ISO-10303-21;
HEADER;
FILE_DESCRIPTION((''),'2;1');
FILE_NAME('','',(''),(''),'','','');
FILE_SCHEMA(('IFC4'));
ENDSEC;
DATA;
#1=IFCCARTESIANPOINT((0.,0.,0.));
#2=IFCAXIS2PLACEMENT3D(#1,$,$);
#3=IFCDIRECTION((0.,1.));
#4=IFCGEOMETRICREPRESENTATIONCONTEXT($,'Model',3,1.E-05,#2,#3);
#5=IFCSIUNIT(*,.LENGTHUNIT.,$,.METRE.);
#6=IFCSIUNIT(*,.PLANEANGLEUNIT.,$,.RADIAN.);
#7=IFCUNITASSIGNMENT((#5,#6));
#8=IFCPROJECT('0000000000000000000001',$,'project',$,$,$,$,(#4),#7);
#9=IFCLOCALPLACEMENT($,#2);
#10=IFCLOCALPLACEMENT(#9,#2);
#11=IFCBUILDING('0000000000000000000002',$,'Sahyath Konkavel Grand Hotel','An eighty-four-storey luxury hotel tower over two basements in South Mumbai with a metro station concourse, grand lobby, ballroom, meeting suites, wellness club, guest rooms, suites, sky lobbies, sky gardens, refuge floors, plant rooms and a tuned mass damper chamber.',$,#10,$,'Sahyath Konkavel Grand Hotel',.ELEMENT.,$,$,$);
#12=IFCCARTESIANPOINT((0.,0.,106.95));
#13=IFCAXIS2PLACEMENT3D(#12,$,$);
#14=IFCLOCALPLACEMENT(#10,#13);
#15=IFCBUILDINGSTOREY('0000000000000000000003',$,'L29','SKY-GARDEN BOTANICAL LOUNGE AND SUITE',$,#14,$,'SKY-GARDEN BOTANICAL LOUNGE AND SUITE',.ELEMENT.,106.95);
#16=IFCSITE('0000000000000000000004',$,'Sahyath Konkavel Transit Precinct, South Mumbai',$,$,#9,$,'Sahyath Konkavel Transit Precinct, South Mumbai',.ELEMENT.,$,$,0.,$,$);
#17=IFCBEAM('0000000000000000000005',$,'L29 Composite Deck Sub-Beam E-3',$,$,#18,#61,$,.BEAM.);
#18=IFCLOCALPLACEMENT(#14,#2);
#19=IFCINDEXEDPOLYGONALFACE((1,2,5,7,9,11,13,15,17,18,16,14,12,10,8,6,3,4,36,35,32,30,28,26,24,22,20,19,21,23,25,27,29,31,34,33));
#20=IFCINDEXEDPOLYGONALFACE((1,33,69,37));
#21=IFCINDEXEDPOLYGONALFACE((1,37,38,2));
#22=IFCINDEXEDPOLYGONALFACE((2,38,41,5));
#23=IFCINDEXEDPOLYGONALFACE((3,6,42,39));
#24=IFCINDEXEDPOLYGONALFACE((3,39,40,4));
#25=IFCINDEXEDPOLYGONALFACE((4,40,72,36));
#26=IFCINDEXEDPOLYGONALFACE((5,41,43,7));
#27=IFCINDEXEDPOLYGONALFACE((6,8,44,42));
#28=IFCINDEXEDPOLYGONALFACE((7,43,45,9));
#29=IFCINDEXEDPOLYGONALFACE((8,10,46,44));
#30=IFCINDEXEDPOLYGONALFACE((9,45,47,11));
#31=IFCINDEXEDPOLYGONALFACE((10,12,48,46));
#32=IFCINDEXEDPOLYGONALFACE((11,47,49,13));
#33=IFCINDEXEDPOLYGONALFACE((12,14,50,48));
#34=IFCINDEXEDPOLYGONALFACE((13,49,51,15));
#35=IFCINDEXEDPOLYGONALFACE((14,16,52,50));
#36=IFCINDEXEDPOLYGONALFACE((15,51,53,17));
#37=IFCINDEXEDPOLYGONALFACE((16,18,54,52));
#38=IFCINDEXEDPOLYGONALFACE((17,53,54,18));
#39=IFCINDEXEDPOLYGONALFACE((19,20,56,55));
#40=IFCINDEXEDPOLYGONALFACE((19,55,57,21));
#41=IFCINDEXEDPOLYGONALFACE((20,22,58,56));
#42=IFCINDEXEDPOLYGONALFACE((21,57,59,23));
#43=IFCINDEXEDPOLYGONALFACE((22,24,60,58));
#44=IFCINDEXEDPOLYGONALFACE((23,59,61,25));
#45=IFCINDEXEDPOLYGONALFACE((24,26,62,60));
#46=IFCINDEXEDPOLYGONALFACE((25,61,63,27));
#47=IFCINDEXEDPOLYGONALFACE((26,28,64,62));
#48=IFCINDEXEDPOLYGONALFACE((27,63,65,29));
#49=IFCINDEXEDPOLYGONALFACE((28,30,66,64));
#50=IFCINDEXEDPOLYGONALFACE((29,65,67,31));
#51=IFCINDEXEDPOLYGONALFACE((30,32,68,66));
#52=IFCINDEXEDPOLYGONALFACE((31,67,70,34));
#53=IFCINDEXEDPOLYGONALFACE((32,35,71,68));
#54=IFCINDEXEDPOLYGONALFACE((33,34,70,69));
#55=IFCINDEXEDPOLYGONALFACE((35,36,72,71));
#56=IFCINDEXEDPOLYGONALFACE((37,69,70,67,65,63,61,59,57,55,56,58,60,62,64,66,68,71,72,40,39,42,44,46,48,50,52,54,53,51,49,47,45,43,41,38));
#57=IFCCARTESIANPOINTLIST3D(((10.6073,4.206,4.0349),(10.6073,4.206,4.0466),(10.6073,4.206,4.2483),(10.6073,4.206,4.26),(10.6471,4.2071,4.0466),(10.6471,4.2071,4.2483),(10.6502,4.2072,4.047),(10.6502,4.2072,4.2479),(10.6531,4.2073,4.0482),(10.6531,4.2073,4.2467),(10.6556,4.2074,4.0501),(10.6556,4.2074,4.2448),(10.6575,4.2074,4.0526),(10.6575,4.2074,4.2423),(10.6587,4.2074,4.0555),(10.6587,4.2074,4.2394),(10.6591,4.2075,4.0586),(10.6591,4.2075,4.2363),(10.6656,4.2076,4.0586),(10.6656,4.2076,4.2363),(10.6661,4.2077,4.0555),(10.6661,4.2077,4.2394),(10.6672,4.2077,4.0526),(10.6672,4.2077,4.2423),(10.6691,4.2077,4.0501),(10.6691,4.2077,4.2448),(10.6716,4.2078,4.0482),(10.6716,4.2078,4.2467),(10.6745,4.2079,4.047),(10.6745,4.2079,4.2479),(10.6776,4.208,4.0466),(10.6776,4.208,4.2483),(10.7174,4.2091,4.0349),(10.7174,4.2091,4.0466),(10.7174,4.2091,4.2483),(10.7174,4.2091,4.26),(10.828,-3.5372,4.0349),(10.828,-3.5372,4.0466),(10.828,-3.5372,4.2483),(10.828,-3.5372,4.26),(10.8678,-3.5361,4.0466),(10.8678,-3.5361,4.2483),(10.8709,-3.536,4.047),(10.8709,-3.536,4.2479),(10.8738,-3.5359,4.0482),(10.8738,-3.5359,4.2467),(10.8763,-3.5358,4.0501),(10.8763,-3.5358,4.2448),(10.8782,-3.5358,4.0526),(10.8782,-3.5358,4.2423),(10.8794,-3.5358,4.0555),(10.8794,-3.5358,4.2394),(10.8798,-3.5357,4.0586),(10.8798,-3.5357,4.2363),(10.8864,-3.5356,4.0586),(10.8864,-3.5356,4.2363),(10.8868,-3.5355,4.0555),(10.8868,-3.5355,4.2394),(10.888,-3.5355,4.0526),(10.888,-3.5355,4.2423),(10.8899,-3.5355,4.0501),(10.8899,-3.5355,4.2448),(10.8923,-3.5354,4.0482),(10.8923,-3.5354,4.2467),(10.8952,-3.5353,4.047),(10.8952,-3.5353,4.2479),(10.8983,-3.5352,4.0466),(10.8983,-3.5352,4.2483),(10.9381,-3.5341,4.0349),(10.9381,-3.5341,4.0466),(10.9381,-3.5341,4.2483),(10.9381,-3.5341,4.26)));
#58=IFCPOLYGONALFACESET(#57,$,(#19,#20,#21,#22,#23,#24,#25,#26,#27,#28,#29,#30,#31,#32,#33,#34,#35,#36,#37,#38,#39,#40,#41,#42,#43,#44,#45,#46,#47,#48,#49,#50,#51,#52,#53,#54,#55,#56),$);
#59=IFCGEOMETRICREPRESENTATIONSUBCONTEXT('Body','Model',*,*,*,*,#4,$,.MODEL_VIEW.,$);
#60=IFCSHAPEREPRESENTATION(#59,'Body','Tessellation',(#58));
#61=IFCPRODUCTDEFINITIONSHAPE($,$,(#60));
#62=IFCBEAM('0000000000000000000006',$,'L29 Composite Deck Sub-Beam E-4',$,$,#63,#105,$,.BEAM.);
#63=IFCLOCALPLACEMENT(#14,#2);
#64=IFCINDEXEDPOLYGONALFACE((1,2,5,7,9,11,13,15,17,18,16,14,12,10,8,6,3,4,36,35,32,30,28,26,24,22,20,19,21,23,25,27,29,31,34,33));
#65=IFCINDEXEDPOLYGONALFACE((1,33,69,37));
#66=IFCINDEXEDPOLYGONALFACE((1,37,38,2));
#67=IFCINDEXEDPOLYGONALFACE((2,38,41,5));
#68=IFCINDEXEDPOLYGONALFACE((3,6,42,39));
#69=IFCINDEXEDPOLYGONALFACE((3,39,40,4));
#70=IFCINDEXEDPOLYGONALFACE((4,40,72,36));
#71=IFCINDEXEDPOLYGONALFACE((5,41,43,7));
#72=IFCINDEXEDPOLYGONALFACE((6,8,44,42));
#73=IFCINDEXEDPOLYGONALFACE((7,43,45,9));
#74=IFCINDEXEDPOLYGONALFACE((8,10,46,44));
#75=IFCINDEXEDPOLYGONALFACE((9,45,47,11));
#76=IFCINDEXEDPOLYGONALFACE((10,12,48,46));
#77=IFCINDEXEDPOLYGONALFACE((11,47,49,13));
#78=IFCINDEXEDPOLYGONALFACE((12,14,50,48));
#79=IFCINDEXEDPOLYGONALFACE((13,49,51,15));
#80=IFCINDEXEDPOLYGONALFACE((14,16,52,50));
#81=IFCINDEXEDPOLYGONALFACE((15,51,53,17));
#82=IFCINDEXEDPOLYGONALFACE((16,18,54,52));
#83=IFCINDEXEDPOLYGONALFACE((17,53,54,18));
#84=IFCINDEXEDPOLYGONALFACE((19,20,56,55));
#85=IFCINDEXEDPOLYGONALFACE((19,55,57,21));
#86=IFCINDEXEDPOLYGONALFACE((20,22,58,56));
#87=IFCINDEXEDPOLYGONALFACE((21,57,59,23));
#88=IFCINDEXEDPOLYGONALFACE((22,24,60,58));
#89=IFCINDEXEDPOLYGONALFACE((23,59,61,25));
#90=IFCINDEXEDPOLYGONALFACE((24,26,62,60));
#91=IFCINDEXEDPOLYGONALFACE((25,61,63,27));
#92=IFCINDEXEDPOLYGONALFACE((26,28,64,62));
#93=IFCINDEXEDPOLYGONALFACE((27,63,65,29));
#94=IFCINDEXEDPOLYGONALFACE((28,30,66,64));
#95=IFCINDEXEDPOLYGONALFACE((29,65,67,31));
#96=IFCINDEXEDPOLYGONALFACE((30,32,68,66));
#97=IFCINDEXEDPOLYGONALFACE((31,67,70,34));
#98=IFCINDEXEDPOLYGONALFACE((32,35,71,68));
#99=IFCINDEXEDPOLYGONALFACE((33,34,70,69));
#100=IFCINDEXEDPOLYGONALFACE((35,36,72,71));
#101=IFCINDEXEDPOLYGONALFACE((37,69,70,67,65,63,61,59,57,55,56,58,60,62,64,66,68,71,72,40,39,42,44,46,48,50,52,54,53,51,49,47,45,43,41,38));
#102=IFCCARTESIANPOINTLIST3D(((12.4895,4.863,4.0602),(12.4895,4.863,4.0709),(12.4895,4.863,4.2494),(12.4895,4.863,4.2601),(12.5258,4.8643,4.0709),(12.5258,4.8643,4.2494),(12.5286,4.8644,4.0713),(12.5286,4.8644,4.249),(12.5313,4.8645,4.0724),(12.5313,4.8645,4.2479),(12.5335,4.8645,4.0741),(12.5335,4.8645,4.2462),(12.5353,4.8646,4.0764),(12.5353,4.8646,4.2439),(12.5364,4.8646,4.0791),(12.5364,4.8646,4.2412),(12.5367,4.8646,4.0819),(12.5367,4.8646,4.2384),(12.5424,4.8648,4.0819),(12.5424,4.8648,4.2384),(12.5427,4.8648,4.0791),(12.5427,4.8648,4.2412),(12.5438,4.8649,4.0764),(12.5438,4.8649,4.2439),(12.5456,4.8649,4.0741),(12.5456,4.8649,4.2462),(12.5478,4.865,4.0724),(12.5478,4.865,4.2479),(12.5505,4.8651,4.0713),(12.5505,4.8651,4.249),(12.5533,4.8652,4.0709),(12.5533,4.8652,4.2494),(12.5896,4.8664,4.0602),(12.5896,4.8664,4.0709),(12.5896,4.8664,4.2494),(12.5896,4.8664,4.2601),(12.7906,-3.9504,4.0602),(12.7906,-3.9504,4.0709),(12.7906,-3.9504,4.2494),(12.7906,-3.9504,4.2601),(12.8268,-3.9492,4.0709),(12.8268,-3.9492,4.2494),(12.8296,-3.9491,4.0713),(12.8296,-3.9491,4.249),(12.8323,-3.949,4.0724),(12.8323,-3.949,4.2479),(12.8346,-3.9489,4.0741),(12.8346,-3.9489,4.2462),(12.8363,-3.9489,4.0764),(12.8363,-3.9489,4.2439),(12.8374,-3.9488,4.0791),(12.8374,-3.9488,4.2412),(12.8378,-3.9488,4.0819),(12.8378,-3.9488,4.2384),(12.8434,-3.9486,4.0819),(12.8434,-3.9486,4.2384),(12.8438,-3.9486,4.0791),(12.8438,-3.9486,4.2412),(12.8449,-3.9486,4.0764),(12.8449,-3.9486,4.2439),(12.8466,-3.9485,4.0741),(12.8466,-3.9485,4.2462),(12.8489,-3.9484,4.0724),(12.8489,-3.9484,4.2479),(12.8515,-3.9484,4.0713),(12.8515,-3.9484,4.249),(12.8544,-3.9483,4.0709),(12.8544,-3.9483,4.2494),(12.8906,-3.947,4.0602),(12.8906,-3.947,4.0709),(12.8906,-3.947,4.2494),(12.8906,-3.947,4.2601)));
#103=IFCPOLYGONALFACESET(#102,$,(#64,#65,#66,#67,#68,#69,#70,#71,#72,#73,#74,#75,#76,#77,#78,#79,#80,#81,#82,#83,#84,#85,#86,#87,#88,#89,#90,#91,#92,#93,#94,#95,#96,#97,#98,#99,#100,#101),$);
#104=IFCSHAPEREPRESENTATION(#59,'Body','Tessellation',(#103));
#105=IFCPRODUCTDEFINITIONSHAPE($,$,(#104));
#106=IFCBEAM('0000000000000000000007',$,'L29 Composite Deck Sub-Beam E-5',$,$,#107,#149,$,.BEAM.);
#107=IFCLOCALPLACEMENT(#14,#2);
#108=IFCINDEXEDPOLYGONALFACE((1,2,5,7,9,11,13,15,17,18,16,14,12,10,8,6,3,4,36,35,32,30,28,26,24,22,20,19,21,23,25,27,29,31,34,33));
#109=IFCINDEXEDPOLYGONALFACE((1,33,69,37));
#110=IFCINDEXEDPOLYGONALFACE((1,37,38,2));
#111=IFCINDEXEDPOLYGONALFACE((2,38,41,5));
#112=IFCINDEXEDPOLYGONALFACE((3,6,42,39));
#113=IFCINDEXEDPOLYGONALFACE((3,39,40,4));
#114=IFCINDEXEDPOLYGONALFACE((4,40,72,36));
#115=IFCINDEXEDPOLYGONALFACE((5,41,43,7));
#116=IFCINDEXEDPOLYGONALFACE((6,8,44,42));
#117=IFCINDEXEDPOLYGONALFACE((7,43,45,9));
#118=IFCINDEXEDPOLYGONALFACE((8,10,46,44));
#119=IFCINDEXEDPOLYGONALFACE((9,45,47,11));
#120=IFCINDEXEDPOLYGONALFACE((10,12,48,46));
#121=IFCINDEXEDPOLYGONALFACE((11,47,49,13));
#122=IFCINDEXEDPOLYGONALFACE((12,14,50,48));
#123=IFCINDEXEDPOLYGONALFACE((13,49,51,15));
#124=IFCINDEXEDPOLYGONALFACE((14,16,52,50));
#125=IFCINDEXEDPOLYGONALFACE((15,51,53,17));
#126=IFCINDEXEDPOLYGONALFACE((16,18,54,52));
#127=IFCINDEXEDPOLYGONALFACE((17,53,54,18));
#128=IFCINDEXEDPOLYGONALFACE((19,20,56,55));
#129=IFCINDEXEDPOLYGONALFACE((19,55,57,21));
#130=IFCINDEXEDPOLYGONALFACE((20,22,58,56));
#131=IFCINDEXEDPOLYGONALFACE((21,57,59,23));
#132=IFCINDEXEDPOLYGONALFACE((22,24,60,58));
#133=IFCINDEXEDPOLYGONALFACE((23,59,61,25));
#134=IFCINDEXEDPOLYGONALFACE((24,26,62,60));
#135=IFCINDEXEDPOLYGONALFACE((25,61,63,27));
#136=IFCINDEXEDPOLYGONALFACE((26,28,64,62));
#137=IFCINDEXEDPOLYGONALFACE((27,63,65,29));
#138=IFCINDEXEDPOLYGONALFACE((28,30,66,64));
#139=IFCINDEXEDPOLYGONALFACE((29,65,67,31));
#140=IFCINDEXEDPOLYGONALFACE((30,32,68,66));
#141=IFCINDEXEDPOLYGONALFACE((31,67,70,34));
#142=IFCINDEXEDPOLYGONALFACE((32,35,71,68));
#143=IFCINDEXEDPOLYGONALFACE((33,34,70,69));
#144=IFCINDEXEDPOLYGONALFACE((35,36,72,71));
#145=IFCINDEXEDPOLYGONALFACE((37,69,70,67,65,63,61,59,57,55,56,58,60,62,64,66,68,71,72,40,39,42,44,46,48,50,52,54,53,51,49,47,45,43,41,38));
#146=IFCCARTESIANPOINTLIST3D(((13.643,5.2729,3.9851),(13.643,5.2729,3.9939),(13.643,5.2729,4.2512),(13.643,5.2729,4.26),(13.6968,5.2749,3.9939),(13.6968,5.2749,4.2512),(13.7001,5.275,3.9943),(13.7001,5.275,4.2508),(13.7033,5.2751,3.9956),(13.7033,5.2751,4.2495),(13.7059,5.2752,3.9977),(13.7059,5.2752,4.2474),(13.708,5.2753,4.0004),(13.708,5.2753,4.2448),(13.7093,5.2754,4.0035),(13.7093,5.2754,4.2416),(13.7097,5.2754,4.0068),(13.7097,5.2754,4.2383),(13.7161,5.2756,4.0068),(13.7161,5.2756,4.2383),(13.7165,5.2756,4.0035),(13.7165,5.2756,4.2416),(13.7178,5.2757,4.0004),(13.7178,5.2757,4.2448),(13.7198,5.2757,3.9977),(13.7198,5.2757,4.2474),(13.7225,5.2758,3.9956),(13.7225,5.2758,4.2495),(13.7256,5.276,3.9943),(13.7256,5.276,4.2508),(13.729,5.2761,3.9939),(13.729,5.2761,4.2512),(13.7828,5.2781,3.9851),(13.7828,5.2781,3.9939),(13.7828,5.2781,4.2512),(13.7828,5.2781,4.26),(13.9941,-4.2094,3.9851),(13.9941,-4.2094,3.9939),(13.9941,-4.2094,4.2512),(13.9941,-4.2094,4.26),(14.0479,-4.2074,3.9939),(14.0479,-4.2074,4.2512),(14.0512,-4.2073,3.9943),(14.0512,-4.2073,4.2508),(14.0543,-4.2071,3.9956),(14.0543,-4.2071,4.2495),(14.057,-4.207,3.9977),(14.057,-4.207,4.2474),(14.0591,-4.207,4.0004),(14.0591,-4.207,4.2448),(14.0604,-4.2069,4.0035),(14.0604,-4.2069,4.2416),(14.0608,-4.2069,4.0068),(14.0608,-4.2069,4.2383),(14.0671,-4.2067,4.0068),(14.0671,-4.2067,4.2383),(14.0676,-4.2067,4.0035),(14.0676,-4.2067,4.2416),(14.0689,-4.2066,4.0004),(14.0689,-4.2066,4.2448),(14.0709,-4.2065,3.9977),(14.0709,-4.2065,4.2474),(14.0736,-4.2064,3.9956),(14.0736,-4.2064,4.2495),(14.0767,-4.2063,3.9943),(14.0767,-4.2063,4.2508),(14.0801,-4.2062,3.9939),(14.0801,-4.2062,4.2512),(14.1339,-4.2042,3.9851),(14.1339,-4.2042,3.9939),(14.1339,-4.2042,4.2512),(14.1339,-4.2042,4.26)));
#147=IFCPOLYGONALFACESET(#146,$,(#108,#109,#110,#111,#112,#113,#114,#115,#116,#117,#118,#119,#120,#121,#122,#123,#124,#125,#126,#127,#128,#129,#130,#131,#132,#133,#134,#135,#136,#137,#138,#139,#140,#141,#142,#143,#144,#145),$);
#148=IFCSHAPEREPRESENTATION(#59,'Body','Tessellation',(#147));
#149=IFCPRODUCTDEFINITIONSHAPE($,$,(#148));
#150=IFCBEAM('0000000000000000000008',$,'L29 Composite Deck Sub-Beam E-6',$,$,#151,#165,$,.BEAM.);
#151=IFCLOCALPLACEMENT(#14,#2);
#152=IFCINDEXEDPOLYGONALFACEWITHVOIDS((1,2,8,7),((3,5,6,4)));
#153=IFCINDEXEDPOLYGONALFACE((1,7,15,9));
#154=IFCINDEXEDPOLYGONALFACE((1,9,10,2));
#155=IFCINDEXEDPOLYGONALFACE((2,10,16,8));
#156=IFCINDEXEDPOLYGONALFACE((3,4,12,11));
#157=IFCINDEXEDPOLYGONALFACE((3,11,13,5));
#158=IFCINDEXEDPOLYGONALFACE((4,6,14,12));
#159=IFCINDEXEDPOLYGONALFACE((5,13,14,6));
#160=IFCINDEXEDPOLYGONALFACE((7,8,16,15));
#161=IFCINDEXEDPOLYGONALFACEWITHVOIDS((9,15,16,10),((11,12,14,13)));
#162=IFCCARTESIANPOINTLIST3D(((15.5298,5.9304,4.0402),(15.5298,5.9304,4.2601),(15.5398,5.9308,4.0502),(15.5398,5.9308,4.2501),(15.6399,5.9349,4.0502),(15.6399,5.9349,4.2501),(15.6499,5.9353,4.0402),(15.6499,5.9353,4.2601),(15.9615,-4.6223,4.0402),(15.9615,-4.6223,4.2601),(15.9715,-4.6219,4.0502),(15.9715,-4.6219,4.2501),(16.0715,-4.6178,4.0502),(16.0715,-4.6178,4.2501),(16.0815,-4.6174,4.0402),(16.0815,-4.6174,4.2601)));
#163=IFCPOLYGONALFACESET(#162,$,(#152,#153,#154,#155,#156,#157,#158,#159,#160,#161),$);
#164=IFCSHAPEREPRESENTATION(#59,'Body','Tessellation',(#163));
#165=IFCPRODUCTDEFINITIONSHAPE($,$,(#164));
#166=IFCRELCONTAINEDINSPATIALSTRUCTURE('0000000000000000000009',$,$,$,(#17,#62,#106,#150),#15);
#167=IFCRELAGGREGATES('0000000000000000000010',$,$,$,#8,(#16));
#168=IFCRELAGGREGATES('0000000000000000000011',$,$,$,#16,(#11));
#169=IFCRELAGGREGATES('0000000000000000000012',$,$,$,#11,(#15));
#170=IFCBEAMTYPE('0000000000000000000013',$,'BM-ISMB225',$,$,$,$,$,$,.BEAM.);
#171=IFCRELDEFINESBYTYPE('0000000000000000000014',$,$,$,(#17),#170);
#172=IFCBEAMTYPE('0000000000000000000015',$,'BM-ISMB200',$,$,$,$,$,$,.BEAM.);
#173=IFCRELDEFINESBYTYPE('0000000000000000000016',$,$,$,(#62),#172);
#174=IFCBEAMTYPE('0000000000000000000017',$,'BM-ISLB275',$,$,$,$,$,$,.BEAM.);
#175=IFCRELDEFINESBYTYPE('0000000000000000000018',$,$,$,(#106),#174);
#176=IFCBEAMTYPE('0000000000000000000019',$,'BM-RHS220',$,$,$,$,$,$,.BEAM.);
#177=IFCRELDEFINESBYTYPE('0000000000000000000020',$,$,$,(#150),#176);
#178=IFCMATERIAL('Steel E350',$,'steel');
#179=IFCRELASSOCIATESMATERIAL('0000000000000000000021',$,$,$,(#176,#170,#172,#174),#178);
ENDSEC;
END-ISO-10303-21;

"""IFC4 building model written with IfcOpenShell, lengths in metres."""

from ifc_helpers import new_model, si_unit, direction, frame, origin, origin_2d, place, context, subcontext, project, spatial, hollow_rectangle, i_section, extrude, source, transform, mapped, material, material_profile, profile_set, type_object, element, save


model = new_model("IFC4")

# Units and contexts
model_context = context("Model", 3, precision=1e-05, world=origin(), true_north=direction((0.0, 1.0)))
body_context = subcontext(model_context, "Body", "Model", "MODEL_VIEW")
ifc_project = project(units=[si_unit("LENGTHUNIT", "METRE"), si_unit("PLANEANGLEUNIT", "RADIAN")], contexts=[model_context])

# Site, building, storey
site_placement = place(None, origin())
site = spatial("IfcSite", under=ifc_project, at=site_placement, Name="Sahyath Konkavel Transit Precinct, South Mumbai", LongName="Sahyath Konkavel Transit Precinct, South Mumbai", CompositionType="ELEMENT", RefElevation=0.0)
building_placement = place(site_placement, origin())
building = spatial("IfcBuilding", under=site, at=building_placement, Name="Sahyath Konkavel Grand Hotel", Description="An eighty-four-storey luxury hotel tower over two basements in South Mumbai with a metro station concourse, grand lobby, ballroom, meeting suites, wellness club, guest rooms, suites, sky lobbies, sky gardens, refuge floors, plant rooms and a tuned mass damper chamber.", LongName="Sahyath Konkavel Grand Hotel", CompositionType="ELEMENT")
storey_placement = place(building_placement, frame((0.0, 0.0, 106.95)))
storey = spatial("IfcBuildingStorey", under=building, at=storey_placement, Name="L29", Description="SKY-GARDEN BOTANICAL LOUNGE AND SUITE", LongName="SKY-GARDEN BOTANICAL LOUNGE AND SUITE", CompositionType="ELEMENT", Elevation=106.95)

# Beams
ifc_material_1 = material(Name="Steel E350", Category="steel")
ifc_material_profile_1 = material_profile(ifc_material_1, hollow_rectangle(XDim=0.1201, YDim=0.22, WallThickness=0.01, at=origin_2d()), Name="RHS 220x120x10")
ifc_profile_set_1 = profile_set([ifc_material_profile_1], Name="Steel E350")
beam_type_1 = type_object("IfcBeamType", Name="BM-RHS220", PredefinedType="BEAM", material=ifc_profile_set_1)
ifc_material_profile_2 = material_profile(ifc_material_1, i_section(OverallWidth=0.1101, OverallDepth=0.2251, WebThickness=0.0066, FlangeThickness=0.0117, FilletRadius=0.012, at=origin_2d()), Name="ISMB 225")
ifc_profile_set_2 = profile_set([ifc_material_profile_2], Name="Steel E350")
beam_type_2 = type_object("IfcBeamType", Name="BM-ISMB225", PredefinedType="BEAM", material=ifc_profile_set_2)
shared_shape_1 = source(origin(), body_context, "Body", "SweptSolid", [
    extrude(i_section(OverallWidth=0.1101, OverallDepth=0.2251, WebThickness=0.0066, FlangeThickness=0.0117, FilletRadius=0.012, at=origin_2d()), origin(), (0.0, 0.0, 1.0), 7.7463),
])
beam_1_placement = place(storey_placement, frame((10.8831, -3.5356, 4.1475), z_axis=(-0.028491, 0.999594, 0.0), x_axis=(-0.999594, -0.028491, 0.0)))
element("IfcBeam", 1, at=beam_1_placement, inside=storey, type_object=beam_type_2, Name="L29 Composite Deck Sub-Beam E-3", PredefinedType="BEAM", context=body_context, shape_type="MappedRepresentation", body=[
    mapped(shared_shape_1, transform((0.0, 0.0, 0.0), scale=1.0)),
])
ifc_material_profile_3 = material_profile(ifc_material_1, i_section(OverallWidth=0.1001, OverallDepth=0.2, WebThickness=0.0056, FlangeThickness=0.0107, FilletRadius=0.011, at=origin_2d()), Name="ISMB 200")
ifc_profile_set_3 = profile_set([ifc_material_profile_3], Name="Steel E350")
beam_type_3 = type_object("IfcBeamType", Name="BM-ISMB200", PredefinedType="BEAM", material=ifc_profile_set_3)
shared_shape_2 = source(origin(), body_context, "Body", "SweptSolid", [
    extrude(i_section(OverallWidth=0.1001, OverallDepth=0.2, WebThickness=0.0056, FlangeThickness=0.0107, FilletRadius=0.011, at=origin_2d()), origin(), (0.0, 0.0, 1.0), 8.8186),
])
beam_2_placement = place(storey_placement, frame((12.8406, -3.9487, 4.1602), z_axis=(-0.034135, 0.999417, 0.0), x_axis=(-0.999417, -0.034135, 0.0)))
element("IfcBeam", 2, at=beam_2_placement, inside=storey, type_object=beam_type_3, Name="L29 Composite Deck Sub-Beam E-4", PredefinedType="BEAM", context=body_context, shape_type="MappedRepresentation", body=[
    mapped(shared_shape_2, transform((0.0, 0.0, 0.0), scale=1.0)),
])
ifc_material_profile_4 = material_profile(ifc_material_1, i_section(OverallWidth=0.1399, OverallDepth=0.2749, WebThickness=0.0063, FlangeThickness=0.0088, FilletRadius=0.0129, at=origin_2d()), Name="ISLB 275")
ifc_profile_set_4 = profile_set([ifc_material_profile_4], Name="Steel E350")
beam_type_4 = type_object("IfcBeamType", Name="BM-ISLB275", PredefinedType="BEAM", material=ifc_profile_set_4)
shared_shape_3 = source(origin(), body_context, "Body", "SweptSolid", [
    extrude(i_section(OverallWidth=0.1399, OverallDepth=0.2749, WebThickness=0.0063, FlangeThickness=0.0088, FilletRadius=0.0129, at=origin_2d()), origin(), (0.0, 0.0, 1.0), 9.4888),
])
beam_3_placement = place(storey_placement, frame((14.064, -4.2068, 4.1226), z_axis=(-0.036999, 0.999315, 0.0), x_axis=(-0.999315, -0.036999, 0.0)))
element("IfcBeam", 3, at=beam_3_placement, inside=storey, type_object=beam_type_4, Name="L29 Composite Deck Sub-Beam E-5", PredefinedType="BEAM", context=body_context, shape_type="MappedRepresentation", body=[
    mapped(shared_shape_3, transform((0.0, 0.0, 0.0), scale=1.0)),
])
shared_shape_4 = source(origin(), body_context, "Body", "SweptSolid", [
    extrude(hollow_rectangle(XDim=0.1201, YDim=0.22, WallThickness=0.01, at=origin_2d()), origin(), (0.0, 0.0, 1.0), 10.5615),
])
beam_4_placement = place(storey_placement, frame((16.0215, -4.6199, 4.1501), z_axis=(-0.040869, 0.999165, 0.0), x_axis=(-0.999165, -0.040869, 0.0)))
element("IfcBeam", 4, at=beam_4_placement, inside=storey, type_object=beam_type_1, Name="L29 Composite Deck Sub-Beam E-6", PredefinedType="BEAM", context=body_context, shape_type="MappedRepresentation", body=[
    mapped(shared_shape_4, transform((0.0, 0.0, 0.0), scale=1.0)),
])

save(model, "model.ifc")
